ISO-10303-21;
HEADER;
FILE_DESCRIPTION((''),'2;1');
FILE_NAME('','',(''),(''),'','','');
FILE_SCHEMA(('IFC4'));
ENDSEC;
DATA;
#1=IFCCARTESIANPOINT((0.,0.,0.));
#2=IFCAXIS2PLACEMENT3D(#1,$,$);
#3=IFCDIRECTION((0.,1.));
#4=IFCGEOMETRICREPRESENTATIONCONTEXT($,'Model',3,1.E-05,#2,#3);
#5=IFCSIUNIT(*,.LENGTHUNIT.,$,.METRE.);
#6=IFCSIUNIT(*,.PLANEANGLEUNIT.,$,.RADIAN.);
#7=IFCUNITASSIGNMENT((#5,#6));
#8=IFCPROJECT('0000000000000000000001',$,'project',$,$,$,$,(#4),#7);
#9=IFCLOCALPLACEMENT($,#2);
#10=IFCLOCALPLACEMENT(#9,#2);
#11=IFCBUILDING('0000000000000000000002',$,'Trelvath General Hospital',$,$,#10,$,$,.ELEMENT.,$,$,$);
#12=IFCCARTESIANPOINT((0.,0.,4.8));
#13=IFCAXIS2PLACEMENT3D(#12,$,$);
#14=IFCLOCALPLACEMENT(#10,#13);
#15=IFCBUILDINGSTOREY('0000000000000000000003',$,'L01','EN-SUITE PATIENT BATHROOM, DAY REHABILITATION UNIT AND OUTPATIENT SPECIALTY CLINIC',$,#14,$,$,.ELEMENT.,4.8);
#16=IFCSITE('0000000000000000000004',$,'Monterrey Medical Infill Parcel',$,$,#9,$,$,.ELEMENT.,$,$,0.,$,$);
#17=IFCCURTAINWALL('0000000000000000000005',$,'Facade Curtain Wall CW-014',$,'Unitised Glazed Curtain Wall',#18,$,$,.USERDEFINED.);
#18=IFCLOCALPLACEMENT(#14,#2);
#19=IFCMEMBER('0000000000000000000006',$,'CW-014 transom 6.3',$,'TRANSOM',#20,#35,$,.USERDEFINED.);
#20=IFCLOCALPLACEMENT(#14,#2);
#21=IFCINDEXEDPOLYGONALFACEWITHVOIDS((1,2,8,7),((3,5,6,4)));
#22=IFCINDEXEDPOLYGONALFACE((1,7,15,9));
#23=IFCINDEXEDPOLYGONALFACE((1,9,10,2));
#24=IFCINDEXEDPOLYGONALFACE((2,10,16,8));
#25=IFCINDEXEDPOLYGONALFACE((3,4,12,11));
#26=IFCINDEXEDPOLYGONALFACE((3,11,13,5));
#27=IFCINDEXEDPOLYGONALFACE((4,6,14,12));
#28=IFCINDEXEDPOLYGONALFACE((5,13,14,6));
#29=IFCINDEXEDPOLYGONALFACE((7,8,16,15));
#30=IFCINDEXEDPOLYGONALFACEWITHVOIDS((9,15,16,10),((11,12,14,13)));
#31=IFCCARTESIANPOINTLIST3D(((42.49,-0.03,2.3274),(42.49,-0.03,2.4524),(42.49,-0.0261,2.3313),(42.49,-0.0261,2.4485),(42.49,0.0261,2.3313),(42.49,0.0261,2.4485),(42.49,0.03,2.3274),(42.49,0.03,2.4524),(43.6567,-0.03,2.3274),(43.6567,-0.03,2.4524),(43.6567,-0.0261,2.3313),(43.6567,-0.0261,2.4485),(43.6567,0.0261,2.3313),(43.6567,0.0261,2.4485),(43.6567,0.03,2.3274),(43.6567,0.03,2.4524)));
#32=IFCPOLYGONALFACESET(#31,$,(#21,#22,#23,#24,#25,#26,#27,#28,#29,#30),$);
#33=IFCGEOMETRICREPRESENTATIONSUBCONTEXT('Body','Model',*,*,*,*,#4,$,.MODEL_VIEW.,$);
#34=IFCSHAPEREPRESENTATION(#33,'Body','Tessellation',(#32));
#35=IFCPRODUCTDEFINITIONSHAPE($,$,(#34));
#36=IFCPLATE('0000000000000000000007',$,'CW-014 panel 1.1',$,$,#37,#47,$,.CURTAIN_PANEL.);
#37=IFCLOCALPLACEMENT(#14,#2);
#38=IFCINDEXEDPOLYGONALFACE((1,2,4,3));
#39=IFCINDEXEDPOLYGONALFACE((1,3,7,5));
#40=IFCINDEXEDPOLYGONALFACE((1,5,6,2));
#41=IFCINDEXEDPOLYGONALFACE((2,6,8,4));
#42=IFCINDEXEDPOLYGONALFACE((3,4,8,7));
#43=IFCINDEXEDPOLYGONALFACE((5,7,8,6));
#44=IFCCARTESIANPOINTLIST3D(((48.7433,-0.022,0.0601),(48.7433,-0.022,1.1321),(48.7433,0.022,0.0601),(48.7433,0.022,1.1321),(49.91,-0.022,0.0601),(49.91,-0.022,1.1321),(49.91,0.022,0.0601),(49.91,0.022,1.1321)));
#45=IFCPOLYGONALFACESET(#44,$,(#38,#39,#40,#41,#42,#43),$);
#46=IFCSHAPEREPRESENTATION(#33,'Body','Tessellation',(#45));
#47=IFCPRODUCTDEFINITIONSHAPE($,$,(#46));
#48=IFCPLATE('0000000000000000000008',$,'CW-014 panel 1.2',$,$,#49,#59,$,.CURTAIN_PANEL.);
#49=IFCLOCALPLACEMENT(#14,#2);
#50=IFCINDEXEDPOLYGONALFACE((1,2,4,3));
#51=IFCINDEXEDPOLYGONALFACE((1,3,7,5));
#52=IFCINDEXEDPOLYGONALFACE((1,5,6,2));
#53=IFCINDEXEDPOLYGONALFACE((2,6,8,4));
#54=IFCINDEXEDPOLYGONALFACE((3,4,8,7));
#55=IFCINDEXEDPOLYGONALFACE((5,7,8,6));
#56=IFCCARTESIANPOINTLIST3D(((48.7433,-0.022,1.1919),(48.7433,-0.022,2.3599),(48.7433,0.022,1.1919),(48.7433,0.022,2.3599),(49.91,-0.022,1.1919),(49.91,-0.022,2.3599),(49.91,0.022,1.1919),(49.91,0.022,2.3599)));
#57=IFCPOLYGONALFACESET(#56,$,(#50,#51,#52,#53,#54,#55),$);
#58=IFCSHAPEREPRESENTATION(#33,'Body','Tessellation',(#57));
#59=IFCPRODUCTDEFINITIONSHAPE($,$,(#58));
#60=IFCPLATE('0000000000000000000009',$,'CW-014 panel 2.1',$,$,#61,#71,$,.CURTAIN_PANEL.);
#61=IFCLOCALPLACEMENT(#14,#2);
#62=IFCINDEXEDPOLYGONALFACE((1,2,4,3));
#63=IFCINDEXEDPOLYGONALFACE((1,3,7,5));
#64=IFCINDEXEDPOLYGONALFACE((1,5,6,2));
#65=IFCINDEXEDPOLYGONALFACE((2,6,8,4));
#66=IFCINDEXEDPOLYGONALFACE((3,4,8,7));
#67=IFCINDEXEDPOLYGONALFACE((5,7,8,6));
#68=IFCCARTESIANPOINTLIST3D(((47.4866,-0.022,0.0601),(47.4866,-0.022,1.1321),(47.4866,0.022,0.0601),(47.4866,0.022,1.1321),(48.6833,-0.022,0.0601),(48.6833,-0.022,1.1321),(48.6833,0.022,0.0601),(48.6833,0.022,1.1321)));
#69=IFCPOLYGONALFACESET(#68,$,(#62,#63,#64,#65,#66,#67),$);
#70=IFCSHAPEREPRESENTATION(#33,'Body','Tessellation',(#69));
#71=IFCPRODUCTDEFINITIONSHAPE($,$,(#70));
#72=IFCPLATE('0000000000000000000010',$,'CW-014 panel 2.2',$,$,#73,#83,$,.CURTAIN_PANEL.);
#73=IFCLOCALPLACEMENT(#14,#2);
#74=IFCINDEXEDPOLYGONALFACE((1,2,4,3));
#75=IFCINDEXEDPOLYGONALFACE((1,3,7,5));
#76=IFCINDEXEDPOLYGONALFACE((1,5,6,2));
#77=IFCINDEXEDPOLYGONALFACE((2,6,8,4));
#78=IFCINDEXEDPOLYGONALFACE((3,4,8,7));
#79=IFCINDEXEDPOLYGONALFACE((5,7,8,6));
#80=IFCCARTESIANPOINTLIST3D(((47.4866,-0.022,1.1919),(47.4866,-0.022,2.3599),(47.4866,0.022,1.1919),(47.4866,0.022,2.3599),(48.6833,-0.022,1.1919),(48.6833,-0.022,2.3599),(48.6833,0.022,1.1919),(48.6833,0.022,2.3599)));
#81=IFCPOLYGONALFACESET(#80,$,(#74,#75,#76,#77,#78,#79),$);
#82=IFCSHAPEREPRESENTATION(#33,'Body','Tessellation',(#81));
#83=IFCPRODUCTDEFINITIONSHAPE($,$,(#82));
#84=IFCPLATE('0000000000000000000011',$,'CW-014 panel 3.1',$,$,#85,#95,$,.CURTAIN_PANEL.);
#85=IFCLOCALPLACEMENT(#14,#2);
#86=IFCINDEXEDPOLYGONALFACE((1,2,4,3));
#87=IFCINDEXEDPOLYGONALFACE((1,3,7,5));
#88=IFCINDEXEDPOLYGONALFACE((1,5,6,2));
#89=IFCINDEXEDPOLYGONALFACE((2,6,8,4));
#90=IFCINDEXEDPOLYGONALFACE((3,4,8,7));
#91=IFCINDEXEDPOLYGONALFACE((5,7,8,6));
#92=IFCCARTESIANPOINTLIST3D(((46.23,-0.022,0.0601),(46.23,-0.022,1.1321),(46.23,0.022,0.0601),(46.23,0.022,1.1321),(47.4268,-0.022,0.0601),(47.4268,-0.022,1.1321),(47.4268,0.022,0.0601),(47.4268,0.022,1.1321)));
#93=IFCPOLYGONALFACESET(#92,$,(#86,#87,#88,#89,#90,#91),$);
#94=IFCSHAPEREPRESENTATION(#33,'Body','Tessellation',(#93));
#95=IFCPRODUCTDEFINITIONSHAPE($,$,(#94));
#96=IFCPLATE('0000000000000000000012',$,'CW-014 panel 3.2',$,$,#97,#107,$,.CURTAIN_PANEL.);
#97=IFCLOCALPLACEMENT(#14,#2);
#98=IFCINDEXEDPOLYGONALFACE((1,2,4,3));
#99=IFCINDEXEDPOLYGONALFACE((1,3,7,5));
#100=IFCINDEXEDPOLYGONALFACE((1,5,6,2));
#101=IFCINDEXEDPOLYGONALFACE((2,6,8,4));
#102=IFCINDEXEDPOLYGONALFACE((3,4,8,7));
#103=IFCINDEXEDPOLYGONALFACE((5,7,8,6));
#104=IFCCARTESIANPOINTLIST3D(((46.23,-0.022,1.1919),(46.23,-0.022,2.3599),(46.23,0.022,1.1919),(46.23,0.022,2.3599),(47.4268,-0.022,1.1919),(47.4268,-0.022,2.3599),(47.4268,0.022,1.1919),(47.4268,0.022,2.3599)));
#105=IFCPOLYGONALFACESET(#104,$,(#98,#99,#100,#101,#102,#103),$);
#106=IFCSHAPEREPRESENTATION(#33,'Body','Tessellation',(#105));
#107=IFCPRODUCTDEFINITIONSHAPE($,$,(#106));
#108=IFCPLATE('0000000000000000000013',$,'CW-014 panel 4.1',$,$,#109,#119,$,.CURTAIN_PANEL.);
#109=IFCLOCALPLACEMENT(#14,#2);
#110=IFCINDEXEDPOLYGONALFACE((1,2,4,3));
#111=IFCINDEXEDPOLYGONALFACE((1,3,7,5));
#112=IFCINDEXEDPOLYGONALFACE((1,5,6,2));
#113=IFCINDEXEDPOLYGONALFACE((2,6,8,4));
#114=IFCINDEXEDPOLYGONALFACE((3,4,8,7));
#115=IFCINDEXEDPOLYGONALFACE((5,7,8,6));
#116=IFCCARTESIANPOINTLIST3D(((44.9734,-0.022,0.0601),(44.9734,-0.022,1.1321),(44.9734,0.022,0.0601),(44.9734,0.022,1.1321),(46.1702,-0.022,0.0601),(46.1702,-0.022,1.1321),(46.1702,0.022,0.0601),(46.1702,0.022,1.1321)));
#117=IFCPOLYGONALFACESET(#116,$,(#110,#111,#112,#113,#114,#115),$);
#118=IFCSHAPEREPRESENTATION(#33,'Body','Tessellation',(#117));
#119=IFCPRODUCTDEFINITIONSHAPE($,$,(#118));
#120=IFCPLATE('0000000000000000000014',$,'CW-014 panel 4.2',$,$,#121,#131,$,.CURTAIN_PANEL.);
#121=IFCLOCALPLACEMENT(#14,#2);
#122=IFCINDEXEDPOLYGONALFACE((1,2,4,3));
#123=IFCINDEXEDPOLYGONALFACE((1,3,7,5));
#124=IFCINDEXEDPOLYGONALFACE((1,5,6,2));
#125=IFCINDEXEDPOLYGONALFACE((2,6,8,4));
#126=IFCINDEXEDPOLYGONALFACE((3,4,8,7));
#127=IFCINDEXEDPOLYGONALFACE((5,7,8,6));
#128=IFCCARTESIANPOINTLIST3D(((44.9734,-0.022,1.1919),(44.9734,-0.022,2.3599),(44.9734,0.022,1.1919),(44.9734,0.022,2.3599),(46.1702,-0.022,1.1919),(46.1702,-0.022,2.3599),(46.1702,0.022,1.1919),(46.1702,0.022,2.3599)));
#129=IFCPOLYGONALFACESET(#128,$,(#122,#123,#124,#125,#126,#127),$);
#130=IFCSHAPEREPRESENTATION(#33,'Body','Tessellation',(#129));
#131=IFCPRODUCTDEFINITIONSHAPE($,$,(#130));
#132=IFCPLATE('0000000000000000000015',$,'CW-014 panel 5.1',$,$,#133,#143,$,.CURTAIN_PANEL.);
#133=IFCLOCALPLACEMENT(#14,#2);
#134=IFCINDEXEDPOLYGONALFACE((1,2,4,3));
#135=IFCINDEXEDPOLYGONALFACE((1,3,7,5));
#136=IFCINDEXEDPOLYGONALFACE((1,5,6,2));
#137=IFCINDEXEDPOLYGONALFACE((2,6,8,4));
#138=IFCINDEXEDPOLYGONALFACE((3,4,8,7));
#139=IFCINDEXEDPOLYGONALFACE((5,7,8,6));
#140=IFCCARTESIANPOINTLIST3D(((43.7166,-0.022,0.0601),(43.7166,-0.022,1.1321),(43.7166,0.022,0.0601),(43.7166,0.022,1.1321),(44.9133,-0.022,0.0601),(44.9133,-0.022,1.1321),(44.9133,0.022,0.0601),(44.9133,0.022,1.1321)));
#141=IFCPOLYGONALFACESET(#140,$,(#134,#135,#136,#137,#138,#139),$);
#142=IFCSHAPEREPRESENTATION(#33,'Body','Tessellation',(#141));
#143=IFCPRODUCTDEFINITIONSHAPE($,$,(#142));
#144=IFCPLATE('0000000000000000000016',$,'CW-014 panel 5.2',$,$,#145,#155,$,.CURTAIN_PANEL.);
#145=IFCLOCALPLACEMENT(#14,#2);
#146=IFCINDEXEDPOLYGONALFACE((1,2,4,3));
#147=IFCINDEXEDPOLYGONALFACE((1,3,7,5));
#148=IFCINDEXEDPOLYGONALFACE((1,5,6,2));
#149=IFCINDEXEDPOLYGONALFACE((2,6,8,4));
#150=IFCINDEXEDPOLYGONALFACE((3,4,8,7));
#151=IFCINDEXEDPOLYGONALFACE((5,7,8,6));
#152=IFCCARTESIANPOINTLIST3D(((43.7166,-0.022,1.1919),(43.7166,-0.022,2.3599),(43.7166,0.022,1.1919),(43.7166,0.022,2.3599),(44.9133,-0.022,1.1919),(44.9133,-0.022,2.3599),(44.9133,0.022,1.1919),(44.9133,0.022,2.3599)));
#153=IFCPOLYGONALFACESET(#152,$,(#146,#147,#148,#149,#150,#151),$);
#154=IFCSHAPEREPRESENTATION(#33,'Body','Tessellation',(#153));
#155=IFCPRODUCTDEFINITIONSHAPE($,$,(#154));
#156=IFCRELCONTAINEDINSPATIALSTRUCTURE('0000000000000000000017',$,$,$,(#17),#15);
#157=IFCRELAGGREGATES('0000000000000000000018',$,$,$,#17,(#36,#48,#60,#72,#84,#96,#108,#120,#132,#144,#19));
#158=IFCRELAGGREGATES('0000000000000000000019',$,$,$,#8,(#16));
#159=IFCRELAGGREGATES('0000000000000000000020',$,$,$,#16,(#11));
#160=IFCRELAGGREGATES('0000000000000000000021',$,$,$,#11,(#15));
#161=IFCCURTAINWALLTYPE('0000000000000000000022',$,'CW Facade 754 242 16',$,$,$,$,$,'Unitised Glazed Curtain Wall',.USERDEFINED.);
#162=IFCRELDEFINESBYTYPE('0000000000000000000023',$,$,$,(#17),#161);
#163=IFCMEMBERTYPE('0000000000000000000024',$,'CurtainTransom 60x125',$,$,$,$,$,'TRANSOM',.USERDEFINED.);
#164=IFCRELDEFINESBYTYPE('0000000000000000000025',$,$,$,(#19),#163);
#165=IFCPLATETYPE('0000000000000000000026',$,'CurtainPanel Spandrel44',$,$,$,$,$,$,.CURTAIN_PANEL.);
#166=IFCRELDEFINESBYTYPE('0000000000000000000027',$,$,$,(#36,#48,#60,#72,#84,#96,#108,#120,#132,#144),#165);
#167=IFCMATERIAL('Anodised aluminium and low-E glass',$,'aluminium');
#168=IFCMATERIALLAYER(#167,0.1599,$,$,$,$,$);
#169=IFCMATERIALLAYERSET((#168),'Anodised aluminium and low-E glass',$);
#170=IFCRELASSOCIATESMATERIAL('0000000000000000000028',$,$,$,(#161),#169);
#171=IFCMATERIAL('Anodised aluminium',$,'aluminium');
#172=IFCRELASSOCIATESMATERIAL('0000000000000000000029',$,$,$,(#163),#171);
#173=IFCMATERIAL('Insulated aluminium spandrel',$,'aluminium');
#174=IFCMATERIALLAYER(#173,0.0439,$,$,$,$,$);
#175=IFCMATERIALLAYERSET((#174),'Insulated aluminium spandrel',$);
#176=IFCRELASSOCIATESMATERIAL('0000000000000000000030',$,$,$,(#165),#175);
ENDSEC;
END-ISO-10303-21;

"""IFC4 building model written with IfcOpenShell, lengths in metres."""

from ifc_helpers import new_model, si_unit, direction, frame, origin, origin_2d, place, context, subcontext, project, spatial, rectangle, hollow_rectangle, extrude, material, layer, layer_set, material_profile, profile_set, type_object, element, aggregate, save


model = new_model("IFC4")

# Units and contexts
model_context = context("Model", 3, precision=1e-05, world=origin(), true_north=direction((0.0, 1.0)))
body_context = subcontext(model_context, "Body", "Model", "MODEL_VIEW")
ifc_project = project(units=[si_unit("LENGTHUNIT", "METRE"), si_unit("PLANEANGLEUNIT", "RADIAN")], contexts=[model_context])

# Site, building, storey
site_placement = place(None, origin())
site = spatial("IfcSite", under=ifc_project, at=site_placement, Name="Monterrey Medical Infill Parcel", CompositionType="ELEMENT", RefElevation=0.0)
building_placement = place(site_placement, origin())
building = spatial("IfcBuilding", under=site, at=building_placement, Name="Trelvath General Hospital", CompositionType="ELEMENT")
storey_placement = place(building_placement, frame((0.0, 0.0, 4.8)))
storey = spatial("IfcBuildingStorey", under=building, at=storey_placement, Name="L01", Description="EN-SUITE PATIENT BATHROOM, DAY REHABILITATION UNIT AND OUTPATIENT SPECIALTY CLINIC", CompositionType="ELEMENT", Elevation=4.8)

# Curtain wall, member, plates
ifc_material_1 = material(Name="Anodised aluminium and low-E glass", Category="aluminium")
ifc_layer_1 = layer(ifc_material_1, 0.1599)
ifc_layer_set_1 = layer_set([ifc_layer_1], Name="Anodised aluminium and low-E glass")
curtain_wall_type = type_object("IfcCurtainWallType", Name="CW Facade 754 242 16", ElementType="Unitised Glazed Curtain Wall", PredefinedType="USERDEFINED", material=ifc_layer_set_1)
curtain_wall_placement = place(storey_placement, origin())
curtain_wall = element("IfcCurtainWall", 1, at=curtain_wall_placement, inside=storey, type_object=curtain_wall_type, Name="Facade Curtain Wall CW-014", ObjectType="Unitised Glazed Curtain Wall", PredefinedType="USERDEFINED")
ifc_material_2 = material(Name="Anodised aluminium", Category="aluminium")
ifc_material_profile_1 = material_profile(ifc_material_2, hollow_rectangle(XDim=0.0601, YDim=0.125, WallThickness=0.0039, at=origin_2d()), Name="RHS60x125x4")
ifc_profile_set_1 = profile_set([ifc_material_profile_1], Name="Anodised aluminium")
member_type_1 = type_object("IfcMemberType", Name="CurtainTransom 60x125", ElementType="TRANSOM", PredefinedType="USERDEFINED", material=ifc_profile_set_1)
member_1_placement = place(storey_placement, frame((43.6567, 0.0, 2.3899), z_axis=(-1.0, 0.0, 0.0), x_axis=(0.0, -1.0, 0.0)))
member_1 = element("IfcMember", 2, at=member_1_placement, type_object=member_type_1, Name="CW-014 transom 6.3", ObjectType="TRANSOM", PredefinedType="USERDEFINED", context=body_context, shape_type="SweptSolid", body=[
    extrude(hollow_rectangle(XDim=0.0601, YDim=0.125, WallThickness=0.0039, at=origin_2d()), origin(), (0.0, 0.0, 1.0), 1.1667),
])
ifc_material_3 = material(Name="Insulated aluminium spandrel", Category="aluminium")
ifc_layer_2 = layer(ifc_material_3, 0.0439)
ifc_layer_set_2 = layer_set([ifc_layer_2], Name="Insulated aluminium spandrel")
plate_type = type_object("IfcPlateType", Name="CurtainPanel Spandrel44", PredefinedType="CURTAIN_PANEL", material=ifc_layer_set_2)
plate_1_placement = place(storey_placement, frame((49.3267, 0.0, 0.0601), z_axis=(0.0, 0.0, 1.0), x_axis=(-1.0, 0.0, 0.0)))
plate_1 = element("IfcPlate", 3, at=plate_1_placement, type_object=plate_type, Name="CW-014 panel 1.1", PredefinedType="CURTAIN_PANEL", context=body_context, shape_type="SweptSolid", body=[
    extrude(rectangle(XDim=1.1667, YDim=0.0439, at=origin_2d()), origin(), (0.0, 0.0, 1.0), 1.072),
])
plate_2_placement = place(storey_placement, frame((49.3267, 0.0, 1.1919), z_axis=(0.0, 0.0, 1.0), x_axis=(-1.0, 0.0, 0.0)))
plate_2 = element("IfcPlate", 4, at=plate_2_placement, type_object=plate_type, Name="CW-014 panel 1.2", PredefinedType="CURTAIN_PANEL", context=body_context, shape_type="SweptSolid", body=[
    extrude(rectangle(XDim=1.1667, YDim=0.0439, at=origin_2d()), origin(), (0.0, 0.0, 1.0), 1.168),
])
plate_3_placement = place(storey_placement, frame((48.085, 0.0, 0.0601), z_axis=(0.0, 0.0, 1.0), x_axis=(-1.0, 0.0, 0.0)))
plate_3 = element("IfcPlate", 5, at=plate_3_placement, type_object=plate_type, Name="CW-014 panel 2.1", PredefinedType="CURTAIN_PANEL", context=body_context, shape_type="SweptSolid", body=[
    extrude(rectangle(XDim=1.1968, YDim=0.0439, at=origin_2d()), origin(), (0.0, 0.0, 1.0), 1.072),
])
plate_4_placement = place(storey_placement, frame((48.085, 0.0, 1.1919), z_axis=(0.0, 0.0, 1.0), x_axis=(-1.0, 0.0, 0.0)))
plate_4 = element("IfcPlate", 6, at=plate_4_placement, type_object=plate_type, Name="CW-014 panel 2.2", PredefinedType="CURTAIN_PANEL", context=body_context, shape_type="SweptSolid", body=[
    extrude(rectangle(XDim=1.1968, YDim=0.0439, at=origin_2d()), origin(), (0.0, 0.0, 1.0), 1.168),
])
plate_5_placement = place(storey_placement, frame((46.8284, 0.0, 0.0601), z_axis=(0.0, 0.0, 1.0), x_axis=(-1.0, 0.0, 0.0)))
plate_5 = element("IfcPlate", 7, at=plate_5_placement, type_object=plate_type, Name="CW-014 panel 3.1", PredefinedType="CURTAIN_PANEL", context=body_context, shape_type="SweptSolid", body=[
    extrude(rectangle(XDim=1.1968, YDim=0.0439, at=origin_2d()), origin(), (0.0, 0.0, 1.0), 1.072),
])
plate_6_placement = place(storey_placement, frame((46.8284, 0.0, 1.1919), z_axis=(0.0, 0.0, 1.0), x_axis=(-1.0, 0.0, 0.0)))
plate_6 = element("IfcPlate", 8, at=plate_6_placement, type_object=plate_type, Name="CW-014 panel 3.2", PredefinedType="CURTAIN_PANEL", context=body_context, shape_type="SweptSolid", body=[
    extrude(rectangle(XDim=1.1968, YDim=0.0439, at=origin_2d()), origin(), (0.0, 0.0, 1.0), 1.168),
])
plate_7_placement = place(storey_placement, frame((45.5718, 0.0, 0.0601), z_axis=(0.0, 0.0, 1.0), x_axis=(-1.0, 0.0, 0.0)))
plate_7 = element("IfcPlate", 9, at=plate_7_placement, type_object=plate_type, Name="CW-014 panel 4.1", PredefinedType="CURTAIN_PANEL", context=body_context, shape_type="SweptSolid", body=[
    extrude(rectangle(XDim=1.1968, YDim=0.0439, at=origin_2d()), origin(), (0.0, 0.0, 1.0), 1.072),
])
plate_8_placement = place(storey_placement, frame((45.5718, 0.0, 1.1919), z_axis=(0.0, 0.0, 1.0), x_axis=(-1.0, 0.0, 0.0)))
plate_8 = element("IfcPlate", 10, at=plate_8_placement, type_object=plate_type, Name="CW-014 panel 4.2", PredefinedType="CURTAIN_PANEL", context=body_context, shape_type="SweptSolid", body=[
    extrude(rectangle(XDim=1.1968, YDim=0.0439, at=origin_2d()), origin(), (0.0, 0.0, 1.0), 1.168),
])
plate_9_placement = place(storey_placement, frame((44.3149, 0.0, 0.0601), z_axis=(0.0, 0.0, 1.0), x_axis=(-1.0, 0.0, 0.0)))
plate_9 = element("IfcPlate", 11, at=plate_9_placement, type_object=plate_type, Name="CW-014 panel 5.1", PredefinedType="CURTAIN_PANEL", context=body_context, shape_type="SweptSolid", body=[
    extrude(rectangle(XDim=1.1968, YDim=0.0439, at=origin_2d()), origin(), (0.0, 0.0, 1.0), 1.072),
])
plate_10_placement = place(storey_placement, frame((44.3149, 0.0, 1.1919), z_axis=(0.0, 0.0, 1.0), x_axis=(-1.0, 0.0, 0.0)))
plate_10 = element("IfcPlate", 12, at=plate_10_placement, type_object=plate_type, Name="CW-014 panel 5.2", PredefinedType="CURTAIN_PANEL", context=body_context, shape_type="SweptSolid", body=[
    extrude(rectangle(XDim=1.1968, YDim=0.0439, at=origin_2d()), origin(), (0.0, 0.0, 1.0), 1.168),
])
aggregate(curtain_wall, [plate_1, plate_2, plate_3, plate_4, plate_5, plate_6, plate_7, plate_8, plate_9, plate_10, member_1])

save(model, "model.ifc")
